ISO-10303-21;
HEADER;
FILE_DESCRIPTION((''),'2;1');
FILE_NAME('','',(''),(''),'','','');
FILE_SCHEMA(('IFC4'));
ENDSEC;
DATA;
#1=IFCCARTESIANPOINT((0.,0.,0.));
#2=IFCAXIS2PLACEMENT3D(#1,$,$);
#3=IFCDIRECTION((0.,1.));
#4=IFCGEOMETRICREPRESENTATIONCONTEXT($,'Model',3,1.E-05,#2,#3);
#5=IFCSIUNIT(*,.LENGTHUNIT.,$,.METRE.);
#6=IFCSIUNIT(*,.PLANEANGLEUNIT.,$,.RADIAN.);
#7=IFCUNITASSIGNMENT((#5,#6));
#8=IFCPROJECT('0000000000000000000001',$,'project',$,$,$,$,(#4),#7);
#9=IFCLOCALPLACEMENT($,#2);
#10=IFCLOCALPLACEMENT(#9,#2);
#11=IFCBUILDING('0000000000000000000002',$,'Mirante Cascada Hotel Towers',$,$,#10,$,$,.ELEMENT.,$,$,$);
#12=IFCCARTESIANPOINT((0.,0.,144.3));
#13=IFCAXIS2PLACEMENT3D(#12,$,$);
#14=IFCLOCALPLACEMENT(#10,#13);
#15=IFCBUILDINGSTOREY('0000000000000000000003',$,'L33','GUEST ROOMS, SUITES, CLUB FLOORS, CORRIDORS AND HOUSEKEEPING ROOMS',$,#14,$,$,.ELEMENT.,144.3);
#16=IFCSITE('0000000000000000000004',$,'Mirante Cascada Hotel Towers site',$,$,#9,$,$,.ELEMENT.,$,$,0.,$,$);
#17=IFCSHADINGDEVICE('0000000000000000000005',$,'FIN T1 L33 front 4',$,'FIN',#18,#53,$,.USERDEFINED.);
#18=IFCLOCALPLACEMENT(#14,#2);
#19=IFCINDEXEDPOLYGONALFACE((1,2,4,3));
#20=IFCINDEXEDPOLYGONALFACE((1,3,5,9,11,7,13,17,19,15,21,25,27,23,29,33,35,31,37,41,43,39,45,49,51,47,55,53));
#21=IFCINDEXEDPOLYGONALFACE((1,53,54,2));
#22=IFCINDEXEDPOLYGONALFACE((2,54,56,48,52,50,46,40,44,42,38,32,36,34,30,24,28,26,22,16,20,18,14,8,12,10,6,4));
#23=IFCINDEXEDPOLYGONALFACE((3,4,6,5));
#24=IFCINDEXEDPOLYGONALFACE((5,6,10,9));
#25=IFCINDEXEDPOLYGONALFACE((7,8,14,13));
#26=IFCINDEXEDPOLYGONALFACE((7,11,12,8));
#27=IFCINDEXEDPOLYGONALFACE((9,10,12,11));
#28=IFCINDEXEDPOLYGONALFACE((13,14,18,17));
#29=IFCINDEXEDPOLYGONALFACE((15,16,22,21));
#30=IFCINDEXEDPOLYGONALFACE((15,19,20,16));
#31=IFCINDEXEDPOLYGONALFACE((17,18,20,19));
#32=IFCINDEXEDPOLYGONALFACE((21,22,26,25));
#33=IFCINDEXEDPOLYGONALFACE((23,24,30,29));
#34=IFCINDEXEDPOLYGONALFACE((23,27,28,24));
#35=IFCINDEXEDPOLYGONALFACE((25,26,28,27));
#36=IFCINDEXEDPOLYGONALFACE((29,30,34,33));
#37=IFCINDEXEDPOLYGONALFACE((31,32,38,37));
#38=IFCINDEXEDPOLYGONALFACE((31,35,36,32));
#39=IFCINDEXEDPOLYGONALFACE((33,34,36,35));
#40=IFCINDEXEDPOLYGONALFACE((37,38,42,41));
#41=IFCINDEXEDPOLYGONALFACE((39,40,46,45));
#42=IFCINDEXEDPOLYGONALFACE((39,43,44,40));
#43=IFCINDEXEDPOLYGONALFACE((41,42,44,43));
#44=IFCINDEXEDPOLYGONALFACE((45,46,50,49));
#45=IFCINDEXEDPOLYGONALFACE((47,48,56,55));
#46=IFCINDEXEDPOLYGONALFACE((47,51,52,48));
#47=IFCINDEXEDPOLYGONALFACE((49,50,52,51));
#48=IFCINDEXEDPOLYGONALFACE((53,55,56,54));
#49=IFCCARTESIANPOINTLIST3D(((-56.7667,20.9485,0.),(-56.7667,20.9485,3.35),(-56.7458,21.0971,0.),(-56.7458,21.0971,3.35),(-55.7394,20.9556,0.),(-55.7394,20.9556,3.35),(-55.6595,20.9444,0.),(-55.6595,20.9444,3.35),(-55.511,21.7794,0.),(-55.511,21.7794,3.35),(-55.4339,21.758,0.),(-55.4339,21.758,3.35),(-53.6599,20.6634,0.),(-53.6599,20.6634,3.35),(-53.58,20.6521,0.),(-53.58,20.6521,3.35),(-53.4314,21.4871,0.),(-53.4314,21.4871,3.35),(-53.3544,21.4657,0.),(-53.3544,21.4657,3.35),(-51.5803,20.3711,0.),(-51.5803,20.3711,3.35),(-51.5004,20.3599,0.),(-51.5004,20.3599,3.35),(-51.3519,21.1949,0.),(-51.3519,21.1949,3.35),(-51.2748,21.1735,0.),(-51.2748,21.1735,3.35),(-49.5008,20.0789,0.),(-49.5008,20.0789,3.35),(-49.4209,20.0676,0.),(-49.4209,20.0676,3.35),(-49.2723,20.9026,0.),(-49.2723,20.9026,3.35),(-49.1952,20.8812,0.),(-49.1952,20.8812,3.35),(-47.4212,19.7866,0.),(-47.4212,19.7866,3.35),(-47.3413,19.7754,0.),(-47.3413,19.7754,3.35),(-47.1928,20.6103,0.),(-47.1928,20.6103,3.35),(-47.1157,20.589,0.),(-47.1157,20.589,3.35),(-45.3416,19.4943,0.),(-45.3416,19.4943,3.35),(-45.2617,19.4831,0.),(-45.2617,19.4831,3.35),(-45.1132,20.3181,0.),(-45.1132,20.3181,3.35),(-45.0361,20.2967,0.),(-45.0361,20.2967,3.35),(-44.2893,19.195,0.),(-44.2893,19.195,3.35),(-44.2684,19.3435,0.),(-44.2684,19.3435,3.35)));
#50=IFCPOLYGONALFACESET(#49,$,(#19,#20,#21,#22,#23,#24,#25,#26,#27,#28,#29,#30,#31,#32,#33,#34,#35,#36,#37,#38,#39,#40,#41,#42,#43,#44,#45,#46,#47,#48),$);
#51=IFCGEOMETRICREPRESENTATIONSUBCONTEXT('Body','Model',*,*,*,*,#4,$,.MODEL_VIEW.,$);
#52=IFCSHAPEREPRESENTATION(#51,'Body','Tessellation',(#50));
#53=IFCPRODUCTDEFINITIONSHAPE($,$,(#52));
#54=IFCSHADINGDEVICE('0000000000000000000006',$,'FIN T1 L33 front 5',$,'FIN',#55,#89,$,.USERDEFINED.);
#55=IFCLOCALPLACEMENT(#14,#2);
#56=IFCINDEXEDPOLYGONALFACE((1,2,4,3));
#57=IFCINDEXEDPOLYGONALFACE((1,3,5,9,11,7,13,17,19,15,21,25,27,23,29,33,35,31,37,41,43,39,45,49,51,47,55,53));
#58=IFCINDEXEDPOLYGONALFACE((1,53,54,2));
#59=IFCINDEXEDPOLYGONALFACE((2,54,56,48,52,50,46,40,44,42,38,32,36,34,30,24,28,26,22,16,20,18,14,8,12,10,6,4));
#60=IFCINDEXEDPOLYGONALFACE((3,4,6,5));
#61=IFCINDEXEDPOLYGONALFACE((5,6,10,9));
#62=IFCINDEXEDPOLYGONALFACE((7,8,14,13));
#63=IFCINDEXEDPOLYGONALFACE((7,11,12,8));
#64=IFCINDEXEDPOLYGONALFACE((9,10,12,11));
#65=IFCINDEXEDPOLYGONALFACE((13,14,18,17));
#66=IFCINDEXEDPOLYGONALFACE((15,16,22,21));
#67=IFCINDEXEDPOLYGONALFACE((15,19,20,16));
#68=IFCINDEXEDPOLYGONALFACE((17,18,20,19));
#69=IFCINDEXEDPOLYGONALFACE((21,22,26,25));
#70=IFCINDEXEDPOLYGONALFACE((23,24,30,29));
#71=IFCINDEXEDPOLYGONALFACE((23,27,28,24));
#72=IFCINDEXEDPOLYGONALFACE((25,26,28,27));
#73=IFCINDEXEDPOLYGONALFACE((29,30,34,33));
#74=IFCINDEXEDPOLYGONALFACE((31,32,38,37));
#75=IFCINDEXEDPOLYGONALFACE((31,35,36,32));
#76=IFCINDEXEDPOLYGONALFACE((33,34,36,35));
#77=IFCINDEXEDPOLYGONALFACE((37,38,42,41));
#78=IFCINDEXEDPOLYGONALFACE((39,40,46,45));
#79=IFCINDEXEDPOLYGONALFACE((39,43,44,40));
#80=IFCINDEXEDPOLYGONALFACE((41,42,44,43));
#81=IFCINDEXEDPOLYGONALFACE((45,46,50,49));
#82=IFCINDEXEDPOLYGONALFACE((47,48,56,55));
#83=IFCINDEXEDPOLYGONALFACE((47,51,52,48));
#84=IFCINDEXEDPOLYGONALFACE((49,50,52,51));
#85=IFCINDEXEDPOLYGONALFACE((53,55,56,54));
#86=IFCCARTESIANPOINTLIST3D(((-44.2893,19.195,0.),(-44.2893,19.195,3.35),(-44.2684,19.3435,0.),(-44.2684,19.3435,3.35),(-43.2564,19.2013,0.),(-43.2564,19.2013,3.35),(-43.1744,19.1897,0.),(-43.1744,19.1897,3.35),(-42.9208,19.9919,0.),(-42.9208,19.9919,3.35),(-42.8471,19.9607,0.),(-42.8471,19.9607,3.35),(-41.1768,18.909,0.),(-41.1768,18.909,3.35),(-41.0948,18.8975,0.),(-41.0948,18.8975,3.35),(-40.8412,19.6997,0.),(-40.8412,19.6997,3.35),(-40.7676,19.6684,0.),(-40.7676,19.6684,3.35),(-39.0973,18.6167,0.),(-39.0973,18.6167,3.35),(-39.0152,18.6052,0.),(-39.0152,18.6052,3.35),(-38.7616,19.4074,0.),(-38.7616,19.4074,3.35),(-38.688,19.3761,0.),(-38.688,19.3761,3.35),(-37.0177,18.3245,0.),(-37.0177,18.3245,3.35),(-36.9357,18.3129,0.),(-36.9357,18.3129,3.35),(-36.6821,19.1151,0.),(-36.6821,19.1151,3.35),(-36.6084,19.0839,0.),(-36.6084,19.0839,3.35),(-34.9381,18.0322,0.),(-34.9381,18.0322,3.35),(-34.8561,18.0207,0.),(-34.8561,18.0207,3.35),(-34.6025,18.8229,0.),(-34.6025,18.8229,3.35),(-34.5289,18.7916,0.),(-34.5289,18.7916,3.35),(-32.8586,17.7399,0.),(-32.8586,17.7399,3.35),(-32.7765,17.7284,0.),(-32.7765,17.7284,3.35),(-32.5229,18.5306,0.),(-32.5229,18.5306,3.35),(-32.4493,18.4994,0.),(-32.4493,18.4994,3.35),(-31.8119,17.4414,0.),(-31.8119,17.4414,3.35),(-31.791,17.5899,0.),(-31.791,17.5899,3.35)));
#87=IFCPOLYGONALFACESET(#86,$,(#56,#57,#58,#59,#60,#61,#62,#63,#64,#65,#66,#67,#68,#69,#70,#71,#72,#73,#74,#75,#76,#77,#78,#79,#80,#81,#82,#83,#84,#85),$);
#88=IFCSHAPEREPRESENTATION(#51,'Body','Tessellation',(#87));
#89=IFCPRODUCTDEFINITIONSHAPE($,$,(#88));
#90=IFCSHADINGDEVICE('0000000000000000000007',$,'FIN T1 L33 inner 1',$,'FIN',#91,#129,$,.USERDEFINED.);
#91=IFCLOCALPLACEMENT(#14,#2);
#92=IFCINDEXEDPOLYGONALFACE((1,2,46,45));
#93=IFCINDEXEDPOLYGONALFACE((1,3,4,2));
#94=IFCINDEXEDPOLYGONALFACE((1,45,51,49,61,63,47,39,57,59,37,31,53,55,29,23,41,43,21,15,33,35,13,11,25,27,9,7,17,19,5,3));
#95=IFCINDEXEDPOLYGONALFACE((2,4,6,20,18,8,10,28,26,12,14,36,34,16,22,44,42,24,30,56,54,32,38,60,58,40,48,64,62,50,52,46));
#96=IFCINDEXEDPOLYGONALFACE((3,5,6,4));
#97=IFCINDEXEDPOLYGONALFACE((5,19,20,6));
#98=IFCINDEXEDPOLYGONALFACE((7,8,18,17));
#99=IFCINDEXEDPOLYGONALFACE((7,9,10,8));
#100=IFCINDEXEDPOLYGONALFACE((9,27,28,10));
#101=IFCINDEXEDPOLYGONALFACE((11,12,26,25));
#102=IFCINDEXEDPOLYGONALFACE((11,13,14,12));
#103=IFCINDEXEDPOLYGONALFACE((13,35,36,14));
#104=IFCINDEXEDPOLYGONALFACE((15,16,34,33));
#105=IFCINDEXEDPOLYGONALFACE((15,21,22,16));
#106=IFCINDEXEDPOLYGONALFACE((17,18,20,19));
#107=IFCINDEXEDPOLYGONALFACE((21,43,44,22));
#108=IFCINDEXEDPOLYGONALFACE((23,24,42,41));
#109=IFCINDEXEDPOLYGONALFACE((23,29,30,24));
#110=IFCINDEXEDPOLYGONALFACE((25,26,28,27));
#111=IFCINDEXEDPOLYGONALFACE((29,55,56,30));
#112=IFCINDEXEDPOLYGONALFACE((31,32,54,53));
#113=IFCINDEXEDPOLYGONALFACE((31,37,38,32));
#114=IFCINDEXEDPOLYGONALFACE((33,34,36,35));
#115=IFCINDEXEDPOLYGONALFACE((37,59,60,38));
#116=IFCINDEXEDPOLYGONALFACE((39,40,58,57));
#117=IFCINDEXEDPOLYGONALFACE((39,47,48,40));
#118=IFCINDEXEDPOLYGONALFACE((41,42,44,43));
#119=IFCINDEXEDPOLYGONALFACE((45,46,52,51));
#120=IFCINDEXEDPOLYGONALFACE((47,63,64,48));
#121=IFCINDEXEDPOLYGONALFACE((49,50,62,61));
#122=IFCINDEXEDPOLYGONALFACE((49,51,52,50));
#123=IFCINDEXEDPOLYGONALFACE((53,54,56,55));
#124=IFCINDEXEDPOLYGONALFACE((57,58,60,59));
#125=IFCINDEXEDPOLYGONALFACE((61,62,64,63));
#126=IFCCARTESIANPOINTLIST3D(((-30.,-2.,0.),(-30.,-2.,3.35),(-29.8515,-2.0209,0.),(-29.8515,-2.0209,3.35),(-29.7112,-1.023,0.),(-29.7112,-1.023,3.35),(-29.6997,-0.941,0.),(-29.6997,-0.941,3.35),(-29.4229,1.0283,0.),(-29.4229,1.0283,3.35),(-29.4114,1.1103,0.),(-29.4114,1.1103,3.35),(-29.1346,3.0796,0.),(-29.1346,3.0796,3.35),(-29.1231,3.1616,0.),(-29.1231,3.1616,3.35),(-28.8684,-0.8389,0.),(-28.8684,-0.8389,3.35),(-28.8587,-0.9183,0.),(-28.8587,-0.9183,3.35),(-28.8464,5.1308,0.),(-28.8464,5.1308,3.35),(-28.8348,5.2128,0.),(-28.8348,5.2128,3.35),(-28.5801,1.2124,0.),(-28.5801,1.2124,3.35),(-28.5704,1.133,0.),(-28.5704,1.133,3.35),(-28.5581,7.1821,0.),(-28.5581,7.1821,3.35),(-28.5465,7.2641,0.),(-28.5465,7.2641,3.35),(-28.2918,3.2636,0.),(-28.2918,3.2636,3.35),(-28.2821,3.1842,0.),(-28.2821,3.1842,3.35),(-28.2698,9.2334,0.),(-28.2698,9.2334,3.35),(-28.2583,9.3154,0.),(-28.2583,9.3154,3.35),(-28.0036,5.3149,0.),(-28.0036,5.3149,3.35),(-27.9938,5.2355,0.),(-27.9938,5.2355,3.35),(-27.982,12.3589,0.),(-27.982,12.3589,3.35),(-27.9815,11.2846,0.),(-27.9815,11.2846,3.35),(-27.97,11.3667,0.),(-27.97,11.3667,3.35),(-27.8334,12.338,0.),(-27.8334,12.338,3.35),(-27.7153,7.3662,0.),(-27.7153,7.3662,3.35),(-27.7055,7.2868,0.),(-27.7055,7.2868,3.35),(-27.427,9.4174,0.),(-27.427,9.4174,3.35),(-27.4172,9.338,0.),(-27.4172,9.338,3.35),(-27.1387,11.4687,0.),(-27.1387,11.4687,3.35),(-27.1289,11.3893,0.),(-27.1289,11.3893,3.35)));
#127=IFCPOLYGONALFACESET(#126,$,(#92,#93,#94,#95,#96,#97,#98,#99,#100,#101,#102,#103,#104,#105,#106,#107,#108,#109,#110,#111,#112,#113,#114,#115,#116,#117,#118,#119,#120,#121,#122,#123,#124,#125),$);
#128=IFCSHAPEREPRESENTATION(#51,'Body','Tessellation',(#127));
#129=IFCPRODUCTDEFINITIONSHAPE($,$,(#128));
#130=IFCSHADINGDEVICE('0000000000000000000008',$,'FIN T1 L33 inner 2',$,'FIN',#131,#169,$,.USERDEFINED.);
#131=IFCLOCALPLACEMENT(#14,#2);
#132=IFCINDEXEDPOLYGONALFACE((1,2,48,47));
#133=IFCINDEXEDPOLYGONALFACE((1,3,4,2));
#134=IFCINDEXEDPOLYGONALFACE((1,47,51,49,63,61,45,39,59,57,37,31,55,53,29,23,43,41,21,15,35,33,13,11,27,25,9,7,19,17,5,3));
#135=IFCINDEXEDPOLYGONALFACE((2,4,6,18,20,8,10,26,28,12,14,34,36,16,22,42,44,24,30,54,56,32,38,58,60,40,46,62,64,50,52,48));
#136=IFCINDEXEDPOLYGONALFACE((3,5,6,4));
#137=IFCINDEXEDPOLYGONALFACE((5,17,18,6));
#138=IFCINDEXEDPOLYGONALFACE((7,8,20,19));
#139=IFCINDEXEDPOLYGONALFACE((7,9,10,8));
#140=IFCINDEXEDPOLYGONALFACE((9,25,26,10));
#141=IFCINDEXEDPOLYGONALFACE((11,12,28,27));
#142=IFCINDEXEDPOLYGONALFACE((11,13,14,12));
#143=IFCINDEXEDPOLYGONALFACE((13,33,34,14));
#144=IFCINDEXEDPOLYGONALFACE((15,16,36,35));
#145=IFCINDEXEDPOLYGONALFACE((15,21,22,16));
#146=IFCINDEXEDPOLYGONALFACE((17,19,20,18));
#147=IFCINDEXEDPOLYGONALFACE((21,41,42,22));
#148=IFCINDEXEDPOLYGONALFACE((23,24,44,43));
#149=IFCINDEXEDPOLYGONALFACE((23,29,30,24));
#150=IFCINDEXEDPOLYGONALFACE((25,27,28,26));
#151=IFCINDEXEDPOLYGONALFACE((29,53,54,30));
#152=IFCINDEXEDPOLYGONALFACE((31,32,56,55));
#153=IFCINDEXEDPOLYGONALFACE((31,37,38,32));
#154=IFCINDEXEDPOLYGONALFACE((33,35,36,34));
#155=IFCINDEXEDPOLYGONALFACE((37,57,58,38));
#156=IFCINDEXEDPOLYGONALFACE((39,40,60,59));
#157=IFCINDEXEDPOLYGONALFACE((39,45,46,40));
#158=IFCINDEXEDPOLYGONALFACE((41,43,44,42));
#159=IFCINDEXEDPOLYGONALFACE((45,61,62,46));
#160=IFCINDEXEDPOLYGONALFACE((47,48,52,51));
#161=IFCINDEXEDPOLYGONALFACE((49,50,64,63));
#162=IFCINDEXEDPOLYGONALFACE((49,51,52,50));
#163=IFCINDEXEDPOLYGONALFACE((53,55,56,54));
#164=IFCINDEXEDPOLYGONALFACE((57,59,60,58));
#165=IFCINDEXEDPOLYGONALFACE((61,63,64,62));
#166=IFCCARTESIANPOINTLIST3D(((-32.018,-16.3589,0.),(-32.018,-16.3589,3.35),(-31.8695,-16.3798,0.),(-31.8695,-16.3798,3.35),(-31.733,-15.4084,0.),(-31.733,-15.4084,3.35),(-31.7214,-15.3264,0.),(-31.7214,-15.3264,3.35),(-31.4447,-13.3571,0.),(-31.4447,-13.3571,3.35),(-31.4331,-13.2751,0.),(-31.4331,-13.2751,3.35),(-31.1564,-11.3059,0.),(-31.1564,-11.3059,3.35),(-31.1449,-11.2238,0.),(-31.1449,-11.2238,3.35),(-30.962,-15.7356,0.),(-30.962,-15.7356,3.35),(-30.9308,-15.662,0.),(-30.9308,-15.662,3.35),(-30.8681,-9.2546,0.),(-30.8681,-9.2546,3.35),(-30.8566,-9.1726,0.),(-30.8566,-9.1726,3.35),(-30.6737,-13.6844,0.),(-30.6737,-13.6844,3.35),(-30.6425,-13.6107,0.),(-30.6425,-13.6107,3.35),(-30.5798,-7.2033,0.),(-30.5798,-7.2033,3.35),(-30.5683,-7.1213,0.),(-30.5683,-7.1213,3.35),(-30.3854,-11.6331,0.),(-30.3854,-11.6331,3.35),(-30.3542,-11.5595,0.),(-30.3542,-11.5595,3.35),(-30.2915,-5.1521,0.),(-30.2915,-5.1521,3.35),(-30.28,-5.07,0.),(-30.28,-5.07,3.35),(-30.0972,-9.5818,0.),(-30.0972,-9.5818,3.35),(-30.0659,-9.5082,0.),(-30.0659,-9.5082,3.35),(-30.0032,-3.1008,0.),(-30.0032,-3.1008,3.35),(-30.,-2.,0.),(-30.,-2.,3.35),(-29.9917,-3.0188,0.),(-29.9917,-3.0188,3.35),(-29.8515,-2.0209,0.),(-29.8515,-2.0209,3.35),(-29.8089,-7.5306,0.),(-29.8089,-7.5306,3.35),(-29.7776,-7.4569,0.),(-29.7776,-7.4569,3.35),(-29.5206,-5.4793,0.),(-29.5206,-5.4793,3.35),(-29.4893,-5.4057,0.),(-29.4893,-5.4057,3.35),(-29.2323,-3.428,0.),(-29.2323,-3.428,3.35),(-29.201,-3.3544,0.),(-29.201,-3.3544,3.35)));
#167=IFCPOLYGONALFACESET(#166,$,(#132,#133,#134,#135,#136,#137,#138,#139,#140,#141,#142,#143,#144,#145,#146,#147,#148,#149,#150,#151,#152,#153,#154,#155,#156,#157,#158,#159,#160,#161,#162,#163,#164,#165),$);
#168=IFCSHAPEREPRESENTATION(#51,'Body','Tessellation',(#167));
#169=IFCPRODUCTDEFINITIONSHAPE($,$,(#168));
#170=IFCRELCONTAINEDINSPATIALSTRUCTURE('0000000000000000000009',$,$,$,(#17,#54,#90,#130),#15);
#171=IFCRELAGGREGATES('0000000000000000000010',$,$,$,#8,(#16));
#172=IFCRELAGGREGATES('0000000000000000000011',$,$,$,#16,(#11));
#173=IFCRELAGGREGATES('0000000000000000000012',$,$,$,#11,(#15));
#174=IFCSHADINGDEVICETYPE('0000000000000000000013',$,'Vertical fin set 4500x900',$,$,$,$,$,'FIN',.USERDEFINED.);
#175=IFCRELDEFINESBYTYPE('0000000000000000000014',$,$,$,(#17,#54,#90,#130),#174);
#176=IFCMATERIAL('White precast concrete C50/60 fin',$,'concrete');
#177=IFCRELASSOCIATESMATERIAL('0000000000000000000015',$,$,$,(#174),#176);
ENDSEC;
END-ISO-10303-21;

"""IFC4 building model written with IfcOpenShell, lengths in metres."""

from ifc_helpers import new_model, si_unit, direction, frame, origin, place, context, subcontext, project, spatial, polyline, outline, extrude, material, type_object, element, save


model = new_model("IFC4")

# Units and contexts
model_context = context("Model", 3, precision=1e-05, world=origin(), true_north=direction((0.0, 1.0)))
body_context = subcontext(model_context, "Body", "Model", "MODEL_VIEW")
ifc_project = project(units=[si_unit("LENGTHUNIT", "METRE"), si_unit("PLANEANGLEUNIT", "RADIAN")], contexts=[model_context])

# Site, building, storey
site_placement = place(None, origin())
site = spatial("IfcSite", under=ifc_project, at=site_placement, Name="Mirante Cascada Hotel Towers site", CompositionType="ELEMENT", RefElevation=0.0)
building_placement = place(site_placement, origin())
building = spatial("IfcBuilding", under=site, at=building_placement, Name="Mirante Cascada Hotel Towers", CompositionType="ELEMENT")
storey_placement = place(building_placement, frame((0.0, 0.0, 144.3)))
storey = spatial("IfcBuildingStorey", under=building, at=storey_placement, Name="L33", Description="GUEST ROOMS, SUITES, CLUB FLOORS, CORRIDORS AND HOUSEKEEPING ROOMS", CompositionType="ELEMENT", Elevation=144.3)

# Shading devices
ifc_material_1 = material(Name="White precast concrete C50/60 fin", Category="concrete")
shading_device_type = type_object("IfcShadingDeviceType", Name="Vertical fin set 4500x900", ElementType="FIN", PredefinedType="USERDEFINED", material=ifc_material_1)
shading_device_1_placement = place(storey_placement, origin())
element("IfcShadingDevice", 1, at=shading_device_1_placement, inside=storey, type_object=shading_device_type, Name="FIN T1 L33 front 4", ObjectType="FIN", PredefinedType="USERDEFINED", context=body_context, shape_type="SweptSolid", body=[
    extrude(outline(polyline([(-45.0361, 20.2967), (-45.2617, 19.4831), (-44.2684, 19.3435), (-44.2893, 19.195), (-56.7667, 20.9485), (-56.7458, 21.0971), (-55.7394, 20.9556), (-55.511, 21.7794), (-55.4339, 21.758), (-55.6595, 20.9444), (-53.6599, 20.6634), (-53.4314, 21.4871), (-53.3544, 21.4657), (-53.58, 20.6521), (-51.5803, 20.3711), (-51.3519, 21.1949), (-51.2748, 21.1735), (-51.5004, 20.3599), (-49.5008, 20.0789), (-49.2723, 20.9026), (-49.1952, 20.8812), (-49.4209, 20.0676), (-47.4212, 19.7866), (-47.1928, 20.6103), (-47.1157, 20.589), (-47.3413, 19.7754), (-45.3416, 19.4943), (-45.1132, 20.3181), (-45.0361, 20.2967)])), origin(), (0.0, 0.0, 1.0), 3.35),
])
shading_device_2_placement = place(storey_placement, origin())
element("IfcShadingDevice", 2, at=shading_device_2_placement, inside=storey, type_object=shading_device_type, Name="FIN T1 L33 front 5", ObjectType="FIN", PredefinedType="USERDEFINED", context=body_context, shape_type="SweptSolid", body=[
    extrude(outline(polyline([(-32.4493, 18.4994), (-32.7765, 17.7284), (-31.791, 17.5899), (-31.8119, 17.4414), (-44.2893, 19.195), (-44.2684, 19.3435), (-43.2564, 19.2013), (-42.9208, 19.9919), (-42.8471, 19.9607), (-43.1744, 19.1897), (-41.1768, 18.909), (-40.8412, 19.6997), (-40.7676, 19.6684), (-41.0948, 18.8975), (-39.0973, 18.6167), (-38.7616, 19.4074), (-38.688, 19.3761), (-39.0152, 18.6052), (-37.0177, 18.3245), (-36.6821, 19.1151), (-36.6084, 19.0839), (-36.9357, 18.3129), (-34.9381, 18.0322), (-34.6025, 18.8229), (-34.5289, 18.7916), (-34.8561, 18.0207), (-32.8586, 17.7399), (-32.5229, 18.5306), (-32.4493, 18.4994)])), origin(), (0.0, 0.0, 1.0), 3.35),
])
shading_device_3_placement = place(storey_placement, origin())
element("IfcShadingDevice", 3, at=shading_device_3_placement, inside=storey, type_object=shading_device_type, Name="FIN T1 L33 inner 1", ObjectType="FIN", PredefinedType="USERDEFINED", context=body_context, shape_type="SweptSolid", body=[
    extrude(outline(polyline([(-29.7112, -1.023), (-29.8515, -2.0209), (-30.0, -2.0), (-27.982, 12.3589), (-27.8334, 12.338), (-27.97, 11.3667), (-27.1387, 11.4687), (-27.1289, 11.3893), (-27.9815, 11.2846), (-28.2583, 9.3154), (-27.427, 9.4174), (-27.4172, 9.338), (-28.2698, 9.2334), (-28.5465, 7.2641), (-27.7153, 7.3662), (-27.7055, 7.2868), (-28.5581, 7.1821), (-28.8348, 5.2128), (-28.0036, 5.3149), (-27.9938, 5.2355), (-28.8464, 5.1308), (-29.1231, 3.1616), (-28.2918, 3.2636), (-28.2821, 3.1842), (-29.1346, 3.0796), (-29.4114, 1.1103), (-28.5801, 1.2124), (-28.5704, 1.133), (-29.4229, 1.0283), (-29.6997, -0.941), (-28.8684, -0.8389), (-28.8587, -0.9183), (-29.7112, -1.023)])), origin(), (0.0, 0.0, 1.0), 3.35),
])
shading_device_4_placement = place(storey_placement, origin())
element("IfcShadingDevice", 4, at=shading_device_4_placement, inside=storey, type_object=shading_device_type, Name="FIN T1 L33 inner 2", ObjectType="FIN", PredefinedType="USERDEFINED", context=body_context, shape_type="SweptSolid", body=[
    extrude(outline(polyline([(-31.733, -15.4084), (-31.8695, -16.3798), (-32.018, -16.3589), (-30.0, -2.0), (-29.8515, -2.0209), (-29.9917, -3.0188), (-29.201, -3.3544), (-29.2323, -3.428), (-30.0032, -3.1008), (-30.28, -5.07), (-29.4893, -5.4057), (-29.5206, -5.4793), (-30.2915, -5.1521), (-30.5683, -7.1213), (-29.7776, -7.4569), (-29.8089, -7.5306), (-30.5798, -7.2033), (-30.8566, -9.1726), (-30.0659, -9.5082), (-30.0972, -9.5818), (-30.8681, -9.2546), (-31.1449, -11.2238), (-30.3542, -11.5595), (-30.3854, -11.6331), (-31.1564, -11.3059), (-31.4331, -13.2751), (-30.6425, -13.6107), (-30.6737, -13.6844), (-31.4447, -13.3571), (-31.7214, -15.3264), (-30.9308, -15.662), (-30.962, -15.7356), (-31.733, -15.4084)])), origin(), (0.0, 0.0, 1.0), 3.35),
])

save(model, "model.ifc")
